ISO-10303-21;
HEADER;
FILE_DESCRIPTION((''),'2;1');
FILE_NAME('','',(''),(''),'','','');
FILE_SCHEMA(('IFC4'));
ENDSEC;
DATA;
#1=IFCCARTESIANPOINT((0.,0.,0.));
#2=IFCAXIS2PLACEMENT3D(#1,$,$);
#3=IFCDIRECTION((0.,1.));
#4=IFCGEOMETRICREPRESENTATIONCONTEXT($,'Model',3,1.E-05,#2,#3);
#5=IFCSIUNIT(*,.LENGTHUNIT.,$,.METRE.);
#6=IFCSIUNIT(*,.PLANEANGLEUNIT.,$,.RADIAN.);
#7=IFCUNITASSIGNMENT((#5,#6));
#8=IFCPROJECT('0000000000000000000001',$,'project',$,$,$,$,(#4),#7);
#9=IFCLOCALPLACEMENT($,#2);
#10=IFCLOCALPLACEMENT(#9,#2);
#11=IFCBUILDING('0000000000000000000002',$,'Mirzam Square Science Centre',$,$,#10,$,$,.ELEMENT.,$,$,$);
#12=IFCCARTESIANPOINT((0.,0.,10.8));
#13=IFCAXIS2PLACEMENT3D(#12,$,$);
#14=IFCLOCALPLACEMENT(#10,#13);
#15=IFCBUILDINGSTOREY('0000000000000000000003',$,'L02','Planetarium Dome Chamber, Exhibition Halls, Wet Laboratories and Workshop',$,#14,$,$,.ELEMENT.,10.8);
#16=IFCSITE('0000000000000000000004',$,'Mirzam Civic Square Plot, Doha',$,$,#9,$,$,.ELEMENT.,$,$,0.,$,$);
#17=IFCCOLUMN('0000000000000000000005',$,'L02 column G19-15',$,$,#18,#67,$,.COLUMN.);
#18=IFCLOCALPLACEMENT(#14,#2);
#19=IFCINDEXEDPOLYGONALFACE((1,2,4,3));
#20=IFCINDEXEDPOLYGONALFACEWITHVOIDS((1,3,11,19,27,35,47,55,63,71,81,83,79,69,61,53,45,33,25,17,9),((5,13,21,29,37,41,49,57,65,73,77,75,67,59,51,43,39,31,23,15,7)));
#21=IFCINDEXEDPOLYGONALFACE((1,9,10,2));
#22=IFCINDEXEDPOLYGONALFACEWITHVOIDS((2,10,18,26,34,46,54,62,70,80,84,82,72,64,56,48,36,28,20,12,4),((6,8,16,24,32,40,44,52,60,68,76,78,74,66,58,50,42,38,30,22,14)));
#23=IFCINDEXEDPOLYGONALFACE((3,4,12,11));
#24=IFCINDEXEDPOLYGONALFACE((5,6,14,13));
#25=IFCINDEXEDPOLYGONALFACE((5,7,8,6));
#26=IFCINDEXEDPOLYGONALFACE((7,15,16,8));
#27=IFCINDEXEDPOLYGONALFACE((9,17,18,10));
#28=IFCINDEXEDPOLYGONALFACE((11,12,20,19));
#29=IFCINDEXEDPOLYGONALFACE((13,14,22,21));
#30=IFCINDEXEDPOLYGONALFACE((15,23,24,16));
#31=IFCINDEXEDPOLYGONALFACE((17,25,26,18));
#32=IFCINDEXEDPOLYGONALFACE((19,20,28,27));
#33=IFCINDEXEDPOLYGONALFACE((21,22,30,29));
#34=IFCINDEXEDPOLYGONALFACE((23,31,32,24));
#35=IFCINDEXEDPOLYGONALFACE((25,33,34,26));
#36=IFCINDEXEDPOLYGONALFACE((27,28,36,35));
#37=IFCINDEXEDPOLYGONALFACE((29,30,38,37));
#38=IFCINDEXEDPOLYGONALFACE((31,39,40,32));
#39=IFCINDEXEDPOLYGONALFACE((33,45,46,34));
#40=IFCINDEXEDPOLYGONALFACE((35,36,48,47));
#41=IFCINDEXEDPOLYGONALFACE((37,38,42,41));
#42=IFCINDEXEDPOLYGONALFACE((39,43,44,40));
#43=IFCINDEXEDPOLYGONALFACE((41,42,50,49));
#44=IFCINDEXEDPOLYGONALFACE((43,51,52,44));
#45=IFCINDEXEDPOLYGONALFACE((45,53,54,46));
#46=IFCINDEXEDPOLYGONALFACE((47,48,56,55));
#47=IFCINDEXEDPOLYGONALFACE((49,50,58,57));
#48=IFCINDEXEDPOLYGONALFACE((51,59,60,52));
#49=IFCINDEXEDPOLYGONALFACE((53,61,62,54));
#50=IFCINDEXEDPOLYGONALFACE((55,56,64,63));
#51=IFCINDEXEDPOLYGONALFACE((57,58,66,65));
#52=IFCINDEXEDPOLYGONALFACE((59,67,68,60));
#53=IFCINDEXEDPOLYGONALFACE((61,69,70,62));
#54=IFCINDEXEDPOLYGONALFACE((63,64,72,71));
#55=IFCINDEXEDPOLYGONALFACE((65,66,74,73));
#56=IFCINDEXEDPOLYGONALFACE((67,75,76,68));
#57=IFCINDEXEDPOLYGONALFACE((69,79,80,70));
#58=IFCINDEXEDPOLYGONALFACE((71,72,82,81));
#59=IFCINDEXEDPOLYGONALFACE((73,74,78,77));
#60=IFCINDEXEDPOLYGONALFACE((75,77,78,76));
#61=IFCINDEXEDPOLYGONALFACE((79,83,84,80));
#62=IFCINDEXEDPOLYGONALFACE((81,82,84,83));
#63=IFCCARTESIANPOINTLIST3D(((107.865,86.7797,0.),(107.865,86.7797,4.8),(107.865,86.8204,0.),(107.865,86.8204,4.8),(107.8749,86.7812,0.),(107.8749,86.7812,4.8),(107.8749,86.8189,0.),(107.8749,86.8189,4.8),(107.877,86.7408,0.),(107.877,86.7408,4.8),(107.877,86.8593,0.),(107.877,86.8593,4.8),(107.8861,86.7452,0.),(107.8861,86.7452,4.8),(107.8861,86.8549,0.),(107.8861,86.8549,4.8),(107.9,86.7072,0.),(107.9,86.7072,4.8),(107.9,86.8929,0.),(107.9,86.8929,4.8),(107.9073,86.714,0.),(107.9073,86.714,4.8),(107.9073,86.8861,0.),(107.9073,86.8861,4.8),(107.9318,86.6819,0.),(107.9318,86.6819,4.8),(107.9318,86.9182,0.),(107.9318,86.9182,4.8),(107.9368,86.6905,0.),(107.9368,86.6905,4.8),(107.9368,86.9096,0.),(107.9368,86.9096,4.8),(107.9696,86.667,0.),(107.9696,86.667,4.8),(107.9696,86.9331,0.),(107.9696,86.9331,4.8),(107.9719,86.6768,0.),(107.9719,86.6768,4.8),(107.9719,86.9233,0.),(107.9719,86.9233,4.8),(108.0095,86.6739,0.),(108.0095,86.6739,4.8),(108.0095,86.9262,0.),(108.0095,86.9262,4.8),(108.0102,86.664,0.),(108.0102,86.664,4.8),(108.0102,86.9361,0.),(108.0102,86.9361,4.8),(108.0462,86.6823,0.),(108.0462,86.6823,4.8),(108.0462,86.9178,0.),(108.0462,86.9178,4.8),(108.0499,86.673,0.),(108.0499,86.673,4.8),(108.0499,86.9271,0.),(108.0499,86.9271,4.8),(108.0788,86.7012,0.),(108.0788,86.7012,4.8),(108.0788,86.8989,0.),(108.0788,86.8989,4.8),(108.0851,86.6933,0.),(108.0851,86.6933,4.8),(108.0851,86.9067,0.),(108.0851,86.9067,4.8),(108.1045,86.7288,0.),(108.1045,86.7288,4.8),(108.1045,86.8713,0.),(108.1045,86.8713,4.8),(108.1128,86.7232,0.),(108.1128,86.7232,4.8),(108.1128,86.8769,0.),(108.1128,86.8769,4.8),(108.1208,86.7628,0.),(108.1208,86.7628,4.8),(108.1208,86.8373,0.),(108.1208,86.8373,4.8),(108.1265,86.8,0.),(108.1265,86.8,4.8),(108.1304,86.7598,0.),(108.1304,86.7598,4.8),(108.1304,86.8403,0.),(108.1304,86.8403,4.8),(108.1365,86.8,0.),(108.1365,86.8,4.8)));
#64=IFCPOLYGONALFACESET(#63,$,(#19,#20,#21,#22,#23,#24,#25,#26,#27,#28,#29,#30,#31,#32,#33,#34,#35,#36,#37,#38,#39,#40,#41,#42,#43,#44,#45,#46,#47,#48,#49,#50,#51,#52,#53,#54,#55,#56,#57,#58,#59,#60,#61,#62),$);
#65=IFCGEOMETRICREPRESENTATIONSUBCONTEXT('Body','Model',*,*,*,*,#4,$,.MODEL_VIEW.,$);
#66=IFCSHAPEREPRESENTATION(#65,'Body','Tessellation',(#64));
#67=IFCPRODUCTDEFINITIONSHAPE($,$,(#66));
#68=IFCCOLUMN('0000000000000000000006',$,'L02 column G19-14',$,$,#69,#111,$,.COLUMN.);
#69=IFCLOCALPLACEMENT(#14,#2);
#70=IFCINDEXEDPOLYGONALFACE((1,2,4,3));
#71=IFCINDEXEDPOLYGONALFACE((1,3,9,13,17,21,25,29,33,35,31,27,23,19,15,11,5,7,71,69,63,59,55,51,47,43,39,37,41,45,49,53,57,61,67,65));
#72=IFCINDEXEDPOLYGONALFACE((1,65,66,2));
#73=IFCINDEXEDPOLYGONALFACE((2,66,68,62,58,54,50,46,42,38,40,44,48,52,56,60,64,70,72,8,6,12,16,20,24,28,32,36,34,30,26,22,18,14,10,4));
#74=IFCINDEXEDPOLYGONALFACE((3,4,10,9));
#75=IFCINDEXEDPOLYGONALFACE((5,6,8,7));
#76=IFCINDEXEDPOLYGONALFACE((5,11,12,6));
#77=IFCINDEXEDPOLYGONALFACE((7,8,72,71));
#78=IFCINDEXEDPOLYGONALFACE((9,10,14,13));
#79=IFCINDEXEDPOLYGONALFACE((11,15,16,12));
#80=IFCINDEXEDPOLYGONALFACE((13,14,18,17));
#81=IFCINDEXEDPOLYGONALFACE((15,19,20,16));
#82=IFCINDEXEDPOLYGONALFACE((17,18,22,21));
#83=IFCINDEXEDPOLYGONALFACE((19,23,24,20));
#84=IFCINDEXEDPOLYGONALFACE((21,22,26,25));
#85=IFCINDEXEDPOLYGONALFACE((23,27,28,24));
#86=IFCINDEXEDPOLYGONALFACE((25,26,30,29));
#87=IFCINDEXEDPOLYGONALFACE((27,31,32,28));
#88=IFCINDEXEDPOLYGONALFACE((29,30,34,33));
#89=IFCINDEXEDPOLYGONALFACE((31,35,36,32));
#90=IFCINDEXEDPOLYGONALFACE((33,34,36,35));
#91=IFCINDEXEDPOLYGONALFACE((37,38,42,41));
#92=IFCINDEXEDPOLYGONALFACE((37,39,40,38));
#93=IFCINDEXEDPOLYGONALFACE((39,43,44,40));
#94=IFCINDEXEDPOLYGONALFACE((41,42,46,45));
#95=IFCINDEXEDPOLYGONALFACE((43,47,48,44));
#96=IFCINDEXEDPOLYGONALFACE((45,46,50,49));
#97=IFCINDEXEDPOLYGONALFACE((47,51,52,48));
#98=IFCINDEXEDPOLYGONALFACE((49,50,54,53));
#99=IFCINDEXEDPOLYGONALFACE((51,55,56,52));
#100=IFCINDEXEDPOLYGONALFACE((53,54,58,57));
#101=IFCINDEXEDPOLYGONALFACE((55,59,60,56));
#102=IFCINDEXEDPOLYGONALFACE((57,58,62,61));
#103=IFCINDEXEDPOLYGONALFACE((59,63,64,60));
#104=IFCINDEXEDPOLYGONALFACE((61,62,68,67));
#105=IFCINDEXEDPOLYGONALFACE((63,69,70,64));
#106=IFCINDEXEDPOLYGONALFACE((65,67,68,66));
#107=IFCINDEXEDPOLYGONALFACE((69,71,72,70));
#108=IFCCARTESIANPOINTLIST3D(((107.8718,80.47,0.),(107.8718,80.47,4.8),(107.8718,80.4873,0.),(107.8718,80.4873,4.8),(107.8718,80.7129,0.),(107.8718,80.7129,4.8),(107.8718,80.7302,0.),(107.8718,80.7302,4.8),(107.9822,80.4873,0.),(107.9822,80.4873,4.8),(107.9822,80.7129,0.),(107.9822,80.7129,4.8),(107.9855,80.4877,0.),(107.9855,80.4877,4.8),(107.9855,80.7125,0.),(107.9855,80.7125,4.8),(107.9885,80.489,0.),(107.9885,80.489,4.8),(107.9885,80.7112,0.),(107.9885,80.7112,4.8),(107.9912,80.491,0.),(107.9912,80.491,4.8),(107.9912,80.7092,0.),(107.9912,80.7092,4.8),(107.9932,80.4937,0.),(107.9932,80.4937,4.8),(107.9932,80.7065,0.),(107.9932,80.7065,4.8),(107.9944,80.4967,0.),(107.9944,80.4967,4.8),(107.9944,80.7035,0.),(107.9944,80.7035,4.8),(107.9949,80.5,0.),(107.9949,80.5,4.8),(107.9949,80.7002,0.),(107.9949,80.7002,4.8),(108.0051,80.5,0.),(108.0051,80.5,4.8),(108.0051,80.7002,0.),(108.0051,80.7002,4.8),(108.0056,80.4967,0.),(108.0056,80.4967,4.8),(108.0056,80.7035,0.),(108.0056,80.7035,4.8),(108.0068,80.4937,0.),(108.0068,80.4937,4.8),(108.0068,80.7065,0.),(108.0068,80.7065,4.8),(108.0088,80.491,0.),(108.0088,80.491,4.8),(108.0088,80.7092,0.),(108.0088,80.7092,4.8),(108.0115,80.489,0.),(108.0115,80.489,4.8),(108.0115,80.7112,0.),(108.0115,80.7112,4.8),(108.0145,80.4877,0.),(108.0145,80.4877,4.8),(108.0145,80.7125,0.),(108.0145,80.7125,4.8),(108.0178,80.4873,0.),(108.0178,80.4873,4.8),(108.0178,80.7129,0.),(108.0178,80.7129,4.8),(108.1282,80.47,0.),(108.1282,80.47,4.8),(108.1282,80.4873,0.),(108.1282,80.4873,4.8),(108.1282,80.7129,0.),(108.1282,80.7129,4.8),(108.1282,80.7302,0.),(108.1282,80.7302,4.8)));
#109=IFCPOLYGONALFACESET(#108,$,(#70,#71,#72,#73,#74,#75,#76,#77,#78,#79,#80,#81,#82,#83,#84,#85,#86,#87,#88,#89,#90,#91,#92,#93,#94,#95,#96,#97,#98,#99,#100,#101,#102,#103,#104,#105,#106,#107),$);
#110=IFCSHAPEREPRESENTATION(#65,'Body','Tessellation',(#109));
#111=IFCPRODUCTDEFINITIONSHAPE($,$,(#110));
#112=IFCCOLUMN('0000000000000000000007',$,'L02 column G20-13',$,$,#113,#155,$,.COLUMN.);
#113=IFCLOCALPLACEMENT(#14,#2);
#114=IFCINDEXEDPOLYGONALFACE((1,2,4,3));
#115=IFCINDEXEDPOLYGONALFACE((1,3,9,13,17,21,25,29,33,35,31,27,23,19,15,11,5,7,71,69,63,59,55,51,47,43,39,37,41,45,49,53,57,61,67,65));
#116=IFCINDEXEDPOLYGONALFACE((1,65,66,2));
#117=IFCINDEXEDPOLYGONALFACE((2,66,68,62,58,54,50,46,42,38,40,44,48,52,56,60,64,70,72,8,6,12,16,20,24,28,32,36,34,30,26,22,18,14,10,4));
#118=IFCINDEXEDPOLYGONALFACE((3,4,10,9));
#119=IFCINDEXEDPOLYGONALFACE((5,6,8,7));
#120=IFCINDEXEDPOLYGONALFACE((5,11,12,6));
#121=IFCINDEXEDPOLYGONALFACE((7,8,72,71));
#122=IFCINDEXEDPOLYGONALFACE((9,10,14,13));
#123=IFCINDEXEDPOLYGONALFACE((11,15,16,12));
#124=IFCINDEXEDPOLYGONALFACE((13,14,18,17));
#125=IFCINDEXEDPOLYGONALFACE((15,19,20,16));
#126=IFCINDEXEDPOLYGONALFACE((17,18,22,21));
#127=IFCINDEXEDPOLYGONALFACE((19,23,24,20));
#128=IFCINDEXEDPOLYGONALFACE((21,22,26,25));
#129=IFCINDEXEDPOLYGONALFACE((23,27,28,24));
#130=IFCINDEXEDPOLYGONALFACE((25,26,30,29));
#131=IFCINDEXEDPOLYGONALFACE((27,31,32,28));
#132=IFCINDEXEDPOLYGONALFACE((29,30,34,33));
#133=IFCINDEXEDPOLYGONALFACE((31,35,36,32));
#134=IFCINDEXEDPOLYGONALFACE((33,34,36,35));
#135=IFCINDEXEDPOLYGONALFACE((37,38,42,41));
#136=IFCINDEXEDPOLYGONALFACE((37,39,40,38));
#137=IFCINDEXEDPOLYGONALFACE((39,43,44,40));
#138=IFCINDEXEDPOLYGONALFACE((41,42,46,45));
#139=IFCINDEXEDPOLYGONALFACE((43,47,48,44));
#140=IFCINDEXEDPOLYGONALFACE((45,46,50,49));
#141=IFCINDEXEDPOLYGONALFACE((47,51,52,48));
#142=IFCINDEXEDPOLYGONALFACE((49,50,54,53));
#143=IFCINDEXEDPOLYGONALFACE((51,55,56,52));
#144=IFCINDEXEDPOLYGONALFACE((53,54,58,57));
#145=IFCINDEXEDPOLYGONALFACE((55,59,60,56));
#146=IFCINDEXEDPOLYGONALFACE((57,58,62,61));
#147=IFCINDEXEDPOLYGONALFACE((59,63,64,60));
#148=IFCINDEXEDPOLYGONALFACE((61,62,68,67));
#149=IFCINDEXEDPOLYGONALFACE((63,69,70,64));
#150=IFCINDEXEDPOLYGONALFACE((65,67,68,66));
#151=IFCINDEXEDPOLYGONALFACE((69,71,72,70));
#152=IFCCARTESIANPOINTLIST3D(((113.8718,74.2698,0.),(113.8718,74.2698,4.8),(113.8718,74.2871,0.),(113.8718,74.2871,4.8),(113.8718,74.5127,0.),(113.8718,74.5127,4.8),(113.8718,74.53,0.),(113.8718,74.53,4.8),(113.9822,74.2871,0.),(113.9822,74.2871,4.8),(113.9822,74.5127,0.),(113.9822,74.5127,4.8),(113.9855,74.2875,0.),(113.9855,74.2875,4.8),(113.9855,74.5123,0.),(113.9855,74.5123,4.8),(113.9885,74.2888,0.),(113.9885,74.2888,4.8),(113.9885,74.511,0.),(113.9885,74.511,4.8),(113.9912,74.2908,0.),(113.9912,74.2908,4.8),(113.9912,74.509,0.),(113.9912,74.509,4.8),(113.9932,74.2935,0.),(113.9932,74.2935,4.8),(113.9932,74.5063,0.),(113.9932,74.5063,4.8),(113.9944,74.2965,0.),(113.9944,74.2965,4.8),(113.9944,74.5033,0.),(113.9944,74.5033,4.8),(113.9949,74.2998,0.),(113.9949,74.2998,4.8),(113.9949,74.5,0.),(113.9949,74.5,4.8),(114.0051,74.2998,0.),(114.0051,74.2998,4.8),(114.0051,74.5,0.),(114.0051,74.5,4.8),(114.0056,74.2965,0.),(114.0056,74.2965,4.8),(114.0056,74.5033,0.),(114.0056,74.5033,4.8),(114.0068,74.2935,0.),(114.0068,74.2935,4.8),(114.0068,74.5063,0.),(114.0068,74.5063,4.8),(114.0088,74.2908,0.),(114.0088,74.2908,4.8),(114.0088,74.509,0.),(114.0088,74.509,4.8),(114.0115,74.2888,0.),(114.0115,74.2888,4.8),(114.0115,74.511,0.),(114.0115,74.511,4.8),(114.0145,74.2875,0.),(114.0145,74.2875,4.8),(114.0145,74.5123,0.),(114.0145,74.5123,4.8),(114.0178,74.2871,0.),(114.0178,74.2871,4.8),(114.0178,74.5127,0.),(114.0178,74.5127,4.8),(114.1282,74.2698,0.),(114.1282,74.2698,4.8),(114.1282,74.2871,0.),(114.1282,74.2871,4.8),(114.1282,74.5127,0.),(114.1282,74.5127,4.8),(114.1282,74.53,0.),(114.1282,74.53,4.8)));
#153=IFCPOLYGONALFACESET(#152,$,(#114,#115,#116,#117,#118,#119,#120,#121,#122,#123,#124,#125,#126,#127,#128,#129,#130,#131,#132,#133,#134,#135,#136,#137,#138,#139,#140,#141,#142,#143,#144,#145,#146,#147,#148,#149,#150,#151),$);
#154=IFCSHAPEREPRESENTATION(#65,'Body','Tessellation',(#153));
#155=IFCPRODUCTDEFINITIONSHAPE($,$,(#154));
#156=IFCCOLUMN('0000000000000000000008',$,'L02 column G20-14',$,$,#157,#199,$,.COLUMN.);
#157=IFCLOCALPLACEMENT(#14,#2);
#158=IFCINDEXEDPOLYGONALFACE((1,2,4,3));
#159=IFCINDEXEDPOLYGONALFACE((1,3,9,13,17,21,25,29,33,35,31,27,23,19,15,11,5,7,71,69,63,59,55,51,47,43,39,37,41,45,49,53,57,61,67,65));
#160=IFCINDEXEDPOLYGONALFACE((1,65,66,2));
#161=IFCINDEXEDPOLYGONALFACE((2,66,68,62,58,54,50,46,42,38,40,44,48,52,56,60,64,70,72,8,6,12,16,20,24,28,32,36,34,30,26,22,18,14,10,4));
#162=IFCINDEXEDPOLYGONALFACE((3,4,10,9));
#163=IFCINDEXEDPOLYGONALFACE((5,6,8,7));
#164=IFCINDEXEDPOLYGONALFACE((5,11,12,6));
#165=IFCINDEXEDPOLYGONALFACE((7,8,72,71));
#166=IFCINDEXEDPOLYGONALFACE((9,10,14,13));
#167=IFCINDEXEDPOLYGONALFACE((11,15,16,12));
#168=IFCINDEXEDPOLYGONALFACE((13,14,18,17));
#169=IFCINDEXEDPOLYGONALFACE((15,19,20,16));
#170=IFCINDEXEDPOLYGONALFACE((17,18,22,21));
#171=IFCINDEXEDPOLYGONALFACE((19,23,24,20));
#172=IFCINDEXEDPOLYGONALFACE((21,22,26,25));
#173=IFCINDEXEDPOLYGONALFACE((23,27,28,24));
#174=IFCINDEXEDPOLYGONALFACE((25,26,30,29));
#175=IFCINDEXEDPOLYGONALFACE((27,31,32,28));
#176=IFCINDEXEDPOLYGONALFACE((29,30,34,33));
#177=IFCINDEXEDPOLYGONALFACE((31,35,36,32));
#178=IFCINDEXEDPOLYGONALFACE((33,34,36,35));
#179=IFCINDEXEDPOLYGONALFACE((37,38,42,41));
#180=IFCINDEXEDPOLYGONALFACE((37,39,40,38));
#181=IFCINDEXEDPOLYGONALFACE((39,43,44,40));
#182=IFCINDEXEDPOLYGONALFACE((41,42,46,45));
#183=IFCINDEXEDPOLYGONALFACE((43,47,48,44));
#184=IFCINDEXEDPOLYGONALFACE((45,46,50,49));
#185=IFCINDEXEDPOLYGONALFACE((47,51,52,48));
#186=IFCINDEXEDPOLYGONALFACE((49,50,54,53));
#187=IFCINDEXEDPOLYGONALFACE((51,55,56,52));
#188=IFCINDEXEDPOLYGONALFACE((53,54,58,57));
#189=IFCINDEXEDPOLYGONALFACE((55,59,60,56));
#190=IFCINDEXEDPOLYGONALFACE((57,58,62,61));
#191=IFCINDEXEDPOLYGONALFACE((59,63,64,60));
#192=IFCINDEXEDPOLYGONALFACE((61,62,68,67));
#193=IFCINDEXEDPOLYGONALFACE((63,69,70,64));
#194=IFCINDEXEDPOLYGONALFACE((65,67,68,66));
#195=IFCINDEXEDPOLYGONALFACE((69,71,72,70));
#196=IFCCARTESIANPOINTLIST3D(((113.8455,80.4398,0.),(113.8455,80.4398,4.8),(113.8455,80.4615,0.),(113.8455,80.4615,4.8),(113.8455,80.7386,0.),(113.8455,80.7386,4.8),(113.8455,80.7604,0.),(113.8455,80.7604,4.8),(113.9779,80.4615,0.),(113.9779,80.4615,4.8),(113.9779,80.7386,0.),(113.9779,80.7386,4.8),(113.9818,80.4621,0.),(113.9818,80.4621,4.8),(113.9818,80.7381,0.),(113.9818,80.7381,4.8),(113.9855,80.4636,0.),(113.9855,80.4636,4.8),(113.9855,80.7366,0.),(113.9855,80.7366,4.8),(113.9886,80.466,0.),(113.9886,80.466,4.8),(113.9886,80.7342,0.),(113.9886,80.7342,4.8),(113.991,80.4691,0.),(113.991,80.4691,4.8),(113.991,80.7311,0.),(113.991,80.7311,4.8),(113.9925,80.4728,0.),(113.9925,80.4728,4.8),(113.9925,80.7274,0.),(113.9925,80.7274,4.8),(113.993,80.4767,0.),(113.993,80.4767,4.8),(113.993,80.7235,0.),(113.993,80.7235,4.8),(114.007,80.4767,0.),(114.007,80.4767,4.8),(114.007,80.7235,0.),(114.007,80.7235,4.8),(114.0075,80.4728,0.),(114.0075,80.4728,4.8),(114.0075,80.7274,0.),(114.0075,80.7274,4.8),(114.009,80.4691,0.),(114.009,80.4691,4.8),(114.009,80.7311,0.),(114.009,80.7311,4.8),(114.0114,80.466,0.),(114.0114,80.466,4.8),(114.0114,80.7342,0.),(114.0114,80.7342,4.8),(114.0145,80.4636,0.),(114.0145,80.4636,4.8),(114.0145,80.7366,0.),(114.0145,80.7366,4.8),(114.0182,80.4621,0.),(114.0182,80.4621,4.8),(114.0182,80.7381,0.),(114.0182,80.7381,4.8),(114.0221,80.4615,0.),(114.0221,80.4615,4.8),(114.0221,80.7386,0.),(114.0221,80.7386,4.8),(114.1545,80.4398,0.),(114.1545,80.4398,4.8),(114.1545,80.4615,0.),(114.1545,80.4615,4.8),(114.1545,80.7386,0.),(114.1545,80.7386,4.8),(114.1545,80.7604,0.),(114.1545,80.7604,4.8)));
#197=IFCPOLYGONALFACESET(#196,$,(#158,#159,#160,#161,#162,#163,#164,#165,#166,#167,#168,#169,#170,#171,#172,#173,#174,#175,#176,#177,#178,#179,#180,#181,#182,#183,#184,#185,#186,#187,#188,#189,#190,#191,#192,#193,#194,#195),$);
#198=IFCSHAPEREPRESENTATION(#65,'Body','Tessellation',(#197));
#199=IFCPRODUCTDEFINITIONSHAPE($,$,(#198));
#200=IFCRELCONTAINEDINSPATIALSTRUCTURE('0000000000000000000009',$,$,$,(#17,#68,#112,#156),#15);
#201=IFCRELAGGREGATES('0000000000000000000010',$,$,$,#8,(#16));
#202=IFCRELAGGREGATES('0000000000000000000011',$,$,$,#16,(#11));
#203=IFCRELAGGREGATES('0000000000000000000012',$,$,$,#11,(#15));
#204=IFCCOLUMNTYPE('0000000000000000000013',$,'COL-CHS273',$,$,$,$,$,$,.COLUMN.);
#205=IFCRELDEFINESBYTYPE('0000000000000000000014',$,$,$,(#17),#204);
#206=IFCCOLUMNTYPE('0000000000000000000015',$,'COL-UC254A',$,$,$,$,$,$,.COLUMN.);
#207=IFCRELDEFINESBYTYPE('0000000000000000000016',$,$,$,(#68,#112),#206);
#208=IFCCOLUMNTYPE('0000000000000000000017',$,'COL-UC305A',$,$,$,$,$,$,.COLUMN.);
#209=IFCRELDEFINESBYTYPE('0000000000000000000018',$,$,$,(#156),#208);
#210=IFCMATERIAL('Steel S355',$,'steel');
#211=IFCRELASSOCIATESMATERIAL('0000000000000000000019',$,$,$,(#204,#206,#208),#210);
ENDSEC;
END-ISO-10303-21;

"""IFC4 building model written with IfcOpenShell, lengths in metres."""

from ifc_helpers import new_model, si_unit, direction, frame, origin, origin_2d, place, context, subcontext, project, spatial, hollow_circle, i_section, extrude, material, material_profile, profile_set, type_object, element, save


model = new_model("IFC4")

# Units and contexts
model_context = context("Model", 3, precision=1e-05, world=origin(), true_north=direction((0.0, 1.0)))
body_context = subcontext(model_context, "Body", "Model", "MODEL_VIEW")
ifc_project = project(units=[si_unit("LENGTHUNIT", "METRE"), si_unit("PLANEANGLEUNIT", "RADIAN")], contexts=[model_context])

# Site, building, storey
site_placement = place(None, origin())
site = spatial("IfcSite", under=ifc_project, at=site_placement, Name="Mirzam Civic Square Plot, Doha", CompositionType="ELEMENT", RefElevation=0.0)
building_placement = place(site_placement, origin())
building = spatial("IfcBuilding", under=site, at=building_placement, Name="Mirzam Square Science Centre", CompositionType="ELEMENT")
storey_placement = place(building_placement, frame((0.0, 0.0, 10.8)))
storey = spatial("IfcBuildingStorey", under=building, at=storey_placement, Name="L02", Description="Planetarium Dome Chamber, Exhibition Halls, Wet Laboratories and Workshop", CompositionType="ELEMENT", Elevation=10.8)

# Columns
ifc_material_1 = material(Name="Steel S355", Category="steel")
ifc_material_profile_1 = material_profile(ifc_material_1, hollow_circle(Radius=0.1365, WallThickness=0.01, at=origin_2d()), Name="273.0x10.0CHS")
ifc_profile_set_1 = profile_set([ifc_material_profile_1], Name="Steel S355")
column_type_1 = type_object("IfcColumnType", Name="COL-CHS273", PredefinedType="COLUMN", material=ifc_profile_set_1)
column_1_placement = place(storey_placement, frame((108.0, 86.8, 0.0), z_axis=(0.0, 0.0, 1.0), x_axis=(1.0, 0.0, 0.0)))
element("IfcColumn", 1, at=column_1_placement, inside=storey, type_object=column_type_1, Name="L02 column G19-15", PredefinedType="COLUMN", context=body_context, shape_type="SweptSolid", body=[
    extrude(hollow_circle(Radius=0.1365, WallThickness=0.01, at=origin_2d()), origin(), (0.0, 0.0, 1.0), 4.8),
])
ifc_material_profile_2 = material_profile(ifc_material_1, i_section(OverallWidth=0.2563, OverallDepth=0.2603, WebThickness=0.0103, FlangeThickness=0.0173, FilletRadius=0.0127, at=origin_2d()), Name="254x254x89UC")
ifc_profile_set_2 = profile_set([ifc_material_profile_2], Name="Steel S355")
column_type_2 = type_object("IfcColumnType", Name="COL-UC254A", PredefinedType="COLUMN", material=ifc_profile_set_2)
for number, where, z_axis, x_axis, name in (
    (2, (108.0, 80.6001, 0.0), (0.0, 0.0, 1.0), (1.0, 0.0, 0.0), "L02 column G19-14"),
    (3, (114.0, 74.3999, 0.0), (0.0, 0.0, 1.0), (1.0, 0.0, 0.0), "L02 column G20-13"),
):
    element("IfcColumn", number, at=place(storey_placement, frame(where, z_axis=z_axis, x_axis=x_axis)), inside=storey, type_object=column_type_2, Name=name, PredefinedType="COLUMN", context=body_context, shape_type="SweptSolid", body=[
        extrude(i_section(OverallWidth=0.2563, OverallDepth=0.2603, WebThickness=0.0103, FlangeThickness=0.0173, FilletRadius=0.0127, at=origin_2d()), origin(), (0.0, 0.0, 1.0), 4.8),
    ])
ifc_material_profile_3 = material_profile(ifc_material_1, i_section(OverallWidth=0.3091, OverallDepth=0.3206, WebThickness=0.0139, FlangeThickness=0.0217, FilletRadius=0.0151, at=origin_2d()), Name="305x305x137UC")
ifc_profile_set_3 = profile_set([ifc_material_profile_3], Name="Steel S355")
column_type_3 = type_object("IfcColumnType", Name="COL-UC305A", PredefinedType="COLUMN", material=ifc_profile_set_3)
column_2_placement = place(storey_placement, frame((114.0, 80.6001, 0.0), z_axis=(0.0, 0.0, 1.0), x_axis=(1.0, 0.0, 0.0)))
element("IfcColumn", 4, at=column_2_placement, inside=storey, type_object=column_type_3, Name="L02 column G20-14", PredefinedType="COLUMN", context=body_context, shape_type="SweptSolid", body=[
    extrude(i_section(OverallWidth=0.3091, OverallDepth=0.3206, WebThickness=0.0139, FlangeThickness=0.0217, FilletRadius=0.0151, at=origin_2d()), origin(), (0.0, 0.0, 1.0), 4.8),
])

save(model, "model.ifc")
